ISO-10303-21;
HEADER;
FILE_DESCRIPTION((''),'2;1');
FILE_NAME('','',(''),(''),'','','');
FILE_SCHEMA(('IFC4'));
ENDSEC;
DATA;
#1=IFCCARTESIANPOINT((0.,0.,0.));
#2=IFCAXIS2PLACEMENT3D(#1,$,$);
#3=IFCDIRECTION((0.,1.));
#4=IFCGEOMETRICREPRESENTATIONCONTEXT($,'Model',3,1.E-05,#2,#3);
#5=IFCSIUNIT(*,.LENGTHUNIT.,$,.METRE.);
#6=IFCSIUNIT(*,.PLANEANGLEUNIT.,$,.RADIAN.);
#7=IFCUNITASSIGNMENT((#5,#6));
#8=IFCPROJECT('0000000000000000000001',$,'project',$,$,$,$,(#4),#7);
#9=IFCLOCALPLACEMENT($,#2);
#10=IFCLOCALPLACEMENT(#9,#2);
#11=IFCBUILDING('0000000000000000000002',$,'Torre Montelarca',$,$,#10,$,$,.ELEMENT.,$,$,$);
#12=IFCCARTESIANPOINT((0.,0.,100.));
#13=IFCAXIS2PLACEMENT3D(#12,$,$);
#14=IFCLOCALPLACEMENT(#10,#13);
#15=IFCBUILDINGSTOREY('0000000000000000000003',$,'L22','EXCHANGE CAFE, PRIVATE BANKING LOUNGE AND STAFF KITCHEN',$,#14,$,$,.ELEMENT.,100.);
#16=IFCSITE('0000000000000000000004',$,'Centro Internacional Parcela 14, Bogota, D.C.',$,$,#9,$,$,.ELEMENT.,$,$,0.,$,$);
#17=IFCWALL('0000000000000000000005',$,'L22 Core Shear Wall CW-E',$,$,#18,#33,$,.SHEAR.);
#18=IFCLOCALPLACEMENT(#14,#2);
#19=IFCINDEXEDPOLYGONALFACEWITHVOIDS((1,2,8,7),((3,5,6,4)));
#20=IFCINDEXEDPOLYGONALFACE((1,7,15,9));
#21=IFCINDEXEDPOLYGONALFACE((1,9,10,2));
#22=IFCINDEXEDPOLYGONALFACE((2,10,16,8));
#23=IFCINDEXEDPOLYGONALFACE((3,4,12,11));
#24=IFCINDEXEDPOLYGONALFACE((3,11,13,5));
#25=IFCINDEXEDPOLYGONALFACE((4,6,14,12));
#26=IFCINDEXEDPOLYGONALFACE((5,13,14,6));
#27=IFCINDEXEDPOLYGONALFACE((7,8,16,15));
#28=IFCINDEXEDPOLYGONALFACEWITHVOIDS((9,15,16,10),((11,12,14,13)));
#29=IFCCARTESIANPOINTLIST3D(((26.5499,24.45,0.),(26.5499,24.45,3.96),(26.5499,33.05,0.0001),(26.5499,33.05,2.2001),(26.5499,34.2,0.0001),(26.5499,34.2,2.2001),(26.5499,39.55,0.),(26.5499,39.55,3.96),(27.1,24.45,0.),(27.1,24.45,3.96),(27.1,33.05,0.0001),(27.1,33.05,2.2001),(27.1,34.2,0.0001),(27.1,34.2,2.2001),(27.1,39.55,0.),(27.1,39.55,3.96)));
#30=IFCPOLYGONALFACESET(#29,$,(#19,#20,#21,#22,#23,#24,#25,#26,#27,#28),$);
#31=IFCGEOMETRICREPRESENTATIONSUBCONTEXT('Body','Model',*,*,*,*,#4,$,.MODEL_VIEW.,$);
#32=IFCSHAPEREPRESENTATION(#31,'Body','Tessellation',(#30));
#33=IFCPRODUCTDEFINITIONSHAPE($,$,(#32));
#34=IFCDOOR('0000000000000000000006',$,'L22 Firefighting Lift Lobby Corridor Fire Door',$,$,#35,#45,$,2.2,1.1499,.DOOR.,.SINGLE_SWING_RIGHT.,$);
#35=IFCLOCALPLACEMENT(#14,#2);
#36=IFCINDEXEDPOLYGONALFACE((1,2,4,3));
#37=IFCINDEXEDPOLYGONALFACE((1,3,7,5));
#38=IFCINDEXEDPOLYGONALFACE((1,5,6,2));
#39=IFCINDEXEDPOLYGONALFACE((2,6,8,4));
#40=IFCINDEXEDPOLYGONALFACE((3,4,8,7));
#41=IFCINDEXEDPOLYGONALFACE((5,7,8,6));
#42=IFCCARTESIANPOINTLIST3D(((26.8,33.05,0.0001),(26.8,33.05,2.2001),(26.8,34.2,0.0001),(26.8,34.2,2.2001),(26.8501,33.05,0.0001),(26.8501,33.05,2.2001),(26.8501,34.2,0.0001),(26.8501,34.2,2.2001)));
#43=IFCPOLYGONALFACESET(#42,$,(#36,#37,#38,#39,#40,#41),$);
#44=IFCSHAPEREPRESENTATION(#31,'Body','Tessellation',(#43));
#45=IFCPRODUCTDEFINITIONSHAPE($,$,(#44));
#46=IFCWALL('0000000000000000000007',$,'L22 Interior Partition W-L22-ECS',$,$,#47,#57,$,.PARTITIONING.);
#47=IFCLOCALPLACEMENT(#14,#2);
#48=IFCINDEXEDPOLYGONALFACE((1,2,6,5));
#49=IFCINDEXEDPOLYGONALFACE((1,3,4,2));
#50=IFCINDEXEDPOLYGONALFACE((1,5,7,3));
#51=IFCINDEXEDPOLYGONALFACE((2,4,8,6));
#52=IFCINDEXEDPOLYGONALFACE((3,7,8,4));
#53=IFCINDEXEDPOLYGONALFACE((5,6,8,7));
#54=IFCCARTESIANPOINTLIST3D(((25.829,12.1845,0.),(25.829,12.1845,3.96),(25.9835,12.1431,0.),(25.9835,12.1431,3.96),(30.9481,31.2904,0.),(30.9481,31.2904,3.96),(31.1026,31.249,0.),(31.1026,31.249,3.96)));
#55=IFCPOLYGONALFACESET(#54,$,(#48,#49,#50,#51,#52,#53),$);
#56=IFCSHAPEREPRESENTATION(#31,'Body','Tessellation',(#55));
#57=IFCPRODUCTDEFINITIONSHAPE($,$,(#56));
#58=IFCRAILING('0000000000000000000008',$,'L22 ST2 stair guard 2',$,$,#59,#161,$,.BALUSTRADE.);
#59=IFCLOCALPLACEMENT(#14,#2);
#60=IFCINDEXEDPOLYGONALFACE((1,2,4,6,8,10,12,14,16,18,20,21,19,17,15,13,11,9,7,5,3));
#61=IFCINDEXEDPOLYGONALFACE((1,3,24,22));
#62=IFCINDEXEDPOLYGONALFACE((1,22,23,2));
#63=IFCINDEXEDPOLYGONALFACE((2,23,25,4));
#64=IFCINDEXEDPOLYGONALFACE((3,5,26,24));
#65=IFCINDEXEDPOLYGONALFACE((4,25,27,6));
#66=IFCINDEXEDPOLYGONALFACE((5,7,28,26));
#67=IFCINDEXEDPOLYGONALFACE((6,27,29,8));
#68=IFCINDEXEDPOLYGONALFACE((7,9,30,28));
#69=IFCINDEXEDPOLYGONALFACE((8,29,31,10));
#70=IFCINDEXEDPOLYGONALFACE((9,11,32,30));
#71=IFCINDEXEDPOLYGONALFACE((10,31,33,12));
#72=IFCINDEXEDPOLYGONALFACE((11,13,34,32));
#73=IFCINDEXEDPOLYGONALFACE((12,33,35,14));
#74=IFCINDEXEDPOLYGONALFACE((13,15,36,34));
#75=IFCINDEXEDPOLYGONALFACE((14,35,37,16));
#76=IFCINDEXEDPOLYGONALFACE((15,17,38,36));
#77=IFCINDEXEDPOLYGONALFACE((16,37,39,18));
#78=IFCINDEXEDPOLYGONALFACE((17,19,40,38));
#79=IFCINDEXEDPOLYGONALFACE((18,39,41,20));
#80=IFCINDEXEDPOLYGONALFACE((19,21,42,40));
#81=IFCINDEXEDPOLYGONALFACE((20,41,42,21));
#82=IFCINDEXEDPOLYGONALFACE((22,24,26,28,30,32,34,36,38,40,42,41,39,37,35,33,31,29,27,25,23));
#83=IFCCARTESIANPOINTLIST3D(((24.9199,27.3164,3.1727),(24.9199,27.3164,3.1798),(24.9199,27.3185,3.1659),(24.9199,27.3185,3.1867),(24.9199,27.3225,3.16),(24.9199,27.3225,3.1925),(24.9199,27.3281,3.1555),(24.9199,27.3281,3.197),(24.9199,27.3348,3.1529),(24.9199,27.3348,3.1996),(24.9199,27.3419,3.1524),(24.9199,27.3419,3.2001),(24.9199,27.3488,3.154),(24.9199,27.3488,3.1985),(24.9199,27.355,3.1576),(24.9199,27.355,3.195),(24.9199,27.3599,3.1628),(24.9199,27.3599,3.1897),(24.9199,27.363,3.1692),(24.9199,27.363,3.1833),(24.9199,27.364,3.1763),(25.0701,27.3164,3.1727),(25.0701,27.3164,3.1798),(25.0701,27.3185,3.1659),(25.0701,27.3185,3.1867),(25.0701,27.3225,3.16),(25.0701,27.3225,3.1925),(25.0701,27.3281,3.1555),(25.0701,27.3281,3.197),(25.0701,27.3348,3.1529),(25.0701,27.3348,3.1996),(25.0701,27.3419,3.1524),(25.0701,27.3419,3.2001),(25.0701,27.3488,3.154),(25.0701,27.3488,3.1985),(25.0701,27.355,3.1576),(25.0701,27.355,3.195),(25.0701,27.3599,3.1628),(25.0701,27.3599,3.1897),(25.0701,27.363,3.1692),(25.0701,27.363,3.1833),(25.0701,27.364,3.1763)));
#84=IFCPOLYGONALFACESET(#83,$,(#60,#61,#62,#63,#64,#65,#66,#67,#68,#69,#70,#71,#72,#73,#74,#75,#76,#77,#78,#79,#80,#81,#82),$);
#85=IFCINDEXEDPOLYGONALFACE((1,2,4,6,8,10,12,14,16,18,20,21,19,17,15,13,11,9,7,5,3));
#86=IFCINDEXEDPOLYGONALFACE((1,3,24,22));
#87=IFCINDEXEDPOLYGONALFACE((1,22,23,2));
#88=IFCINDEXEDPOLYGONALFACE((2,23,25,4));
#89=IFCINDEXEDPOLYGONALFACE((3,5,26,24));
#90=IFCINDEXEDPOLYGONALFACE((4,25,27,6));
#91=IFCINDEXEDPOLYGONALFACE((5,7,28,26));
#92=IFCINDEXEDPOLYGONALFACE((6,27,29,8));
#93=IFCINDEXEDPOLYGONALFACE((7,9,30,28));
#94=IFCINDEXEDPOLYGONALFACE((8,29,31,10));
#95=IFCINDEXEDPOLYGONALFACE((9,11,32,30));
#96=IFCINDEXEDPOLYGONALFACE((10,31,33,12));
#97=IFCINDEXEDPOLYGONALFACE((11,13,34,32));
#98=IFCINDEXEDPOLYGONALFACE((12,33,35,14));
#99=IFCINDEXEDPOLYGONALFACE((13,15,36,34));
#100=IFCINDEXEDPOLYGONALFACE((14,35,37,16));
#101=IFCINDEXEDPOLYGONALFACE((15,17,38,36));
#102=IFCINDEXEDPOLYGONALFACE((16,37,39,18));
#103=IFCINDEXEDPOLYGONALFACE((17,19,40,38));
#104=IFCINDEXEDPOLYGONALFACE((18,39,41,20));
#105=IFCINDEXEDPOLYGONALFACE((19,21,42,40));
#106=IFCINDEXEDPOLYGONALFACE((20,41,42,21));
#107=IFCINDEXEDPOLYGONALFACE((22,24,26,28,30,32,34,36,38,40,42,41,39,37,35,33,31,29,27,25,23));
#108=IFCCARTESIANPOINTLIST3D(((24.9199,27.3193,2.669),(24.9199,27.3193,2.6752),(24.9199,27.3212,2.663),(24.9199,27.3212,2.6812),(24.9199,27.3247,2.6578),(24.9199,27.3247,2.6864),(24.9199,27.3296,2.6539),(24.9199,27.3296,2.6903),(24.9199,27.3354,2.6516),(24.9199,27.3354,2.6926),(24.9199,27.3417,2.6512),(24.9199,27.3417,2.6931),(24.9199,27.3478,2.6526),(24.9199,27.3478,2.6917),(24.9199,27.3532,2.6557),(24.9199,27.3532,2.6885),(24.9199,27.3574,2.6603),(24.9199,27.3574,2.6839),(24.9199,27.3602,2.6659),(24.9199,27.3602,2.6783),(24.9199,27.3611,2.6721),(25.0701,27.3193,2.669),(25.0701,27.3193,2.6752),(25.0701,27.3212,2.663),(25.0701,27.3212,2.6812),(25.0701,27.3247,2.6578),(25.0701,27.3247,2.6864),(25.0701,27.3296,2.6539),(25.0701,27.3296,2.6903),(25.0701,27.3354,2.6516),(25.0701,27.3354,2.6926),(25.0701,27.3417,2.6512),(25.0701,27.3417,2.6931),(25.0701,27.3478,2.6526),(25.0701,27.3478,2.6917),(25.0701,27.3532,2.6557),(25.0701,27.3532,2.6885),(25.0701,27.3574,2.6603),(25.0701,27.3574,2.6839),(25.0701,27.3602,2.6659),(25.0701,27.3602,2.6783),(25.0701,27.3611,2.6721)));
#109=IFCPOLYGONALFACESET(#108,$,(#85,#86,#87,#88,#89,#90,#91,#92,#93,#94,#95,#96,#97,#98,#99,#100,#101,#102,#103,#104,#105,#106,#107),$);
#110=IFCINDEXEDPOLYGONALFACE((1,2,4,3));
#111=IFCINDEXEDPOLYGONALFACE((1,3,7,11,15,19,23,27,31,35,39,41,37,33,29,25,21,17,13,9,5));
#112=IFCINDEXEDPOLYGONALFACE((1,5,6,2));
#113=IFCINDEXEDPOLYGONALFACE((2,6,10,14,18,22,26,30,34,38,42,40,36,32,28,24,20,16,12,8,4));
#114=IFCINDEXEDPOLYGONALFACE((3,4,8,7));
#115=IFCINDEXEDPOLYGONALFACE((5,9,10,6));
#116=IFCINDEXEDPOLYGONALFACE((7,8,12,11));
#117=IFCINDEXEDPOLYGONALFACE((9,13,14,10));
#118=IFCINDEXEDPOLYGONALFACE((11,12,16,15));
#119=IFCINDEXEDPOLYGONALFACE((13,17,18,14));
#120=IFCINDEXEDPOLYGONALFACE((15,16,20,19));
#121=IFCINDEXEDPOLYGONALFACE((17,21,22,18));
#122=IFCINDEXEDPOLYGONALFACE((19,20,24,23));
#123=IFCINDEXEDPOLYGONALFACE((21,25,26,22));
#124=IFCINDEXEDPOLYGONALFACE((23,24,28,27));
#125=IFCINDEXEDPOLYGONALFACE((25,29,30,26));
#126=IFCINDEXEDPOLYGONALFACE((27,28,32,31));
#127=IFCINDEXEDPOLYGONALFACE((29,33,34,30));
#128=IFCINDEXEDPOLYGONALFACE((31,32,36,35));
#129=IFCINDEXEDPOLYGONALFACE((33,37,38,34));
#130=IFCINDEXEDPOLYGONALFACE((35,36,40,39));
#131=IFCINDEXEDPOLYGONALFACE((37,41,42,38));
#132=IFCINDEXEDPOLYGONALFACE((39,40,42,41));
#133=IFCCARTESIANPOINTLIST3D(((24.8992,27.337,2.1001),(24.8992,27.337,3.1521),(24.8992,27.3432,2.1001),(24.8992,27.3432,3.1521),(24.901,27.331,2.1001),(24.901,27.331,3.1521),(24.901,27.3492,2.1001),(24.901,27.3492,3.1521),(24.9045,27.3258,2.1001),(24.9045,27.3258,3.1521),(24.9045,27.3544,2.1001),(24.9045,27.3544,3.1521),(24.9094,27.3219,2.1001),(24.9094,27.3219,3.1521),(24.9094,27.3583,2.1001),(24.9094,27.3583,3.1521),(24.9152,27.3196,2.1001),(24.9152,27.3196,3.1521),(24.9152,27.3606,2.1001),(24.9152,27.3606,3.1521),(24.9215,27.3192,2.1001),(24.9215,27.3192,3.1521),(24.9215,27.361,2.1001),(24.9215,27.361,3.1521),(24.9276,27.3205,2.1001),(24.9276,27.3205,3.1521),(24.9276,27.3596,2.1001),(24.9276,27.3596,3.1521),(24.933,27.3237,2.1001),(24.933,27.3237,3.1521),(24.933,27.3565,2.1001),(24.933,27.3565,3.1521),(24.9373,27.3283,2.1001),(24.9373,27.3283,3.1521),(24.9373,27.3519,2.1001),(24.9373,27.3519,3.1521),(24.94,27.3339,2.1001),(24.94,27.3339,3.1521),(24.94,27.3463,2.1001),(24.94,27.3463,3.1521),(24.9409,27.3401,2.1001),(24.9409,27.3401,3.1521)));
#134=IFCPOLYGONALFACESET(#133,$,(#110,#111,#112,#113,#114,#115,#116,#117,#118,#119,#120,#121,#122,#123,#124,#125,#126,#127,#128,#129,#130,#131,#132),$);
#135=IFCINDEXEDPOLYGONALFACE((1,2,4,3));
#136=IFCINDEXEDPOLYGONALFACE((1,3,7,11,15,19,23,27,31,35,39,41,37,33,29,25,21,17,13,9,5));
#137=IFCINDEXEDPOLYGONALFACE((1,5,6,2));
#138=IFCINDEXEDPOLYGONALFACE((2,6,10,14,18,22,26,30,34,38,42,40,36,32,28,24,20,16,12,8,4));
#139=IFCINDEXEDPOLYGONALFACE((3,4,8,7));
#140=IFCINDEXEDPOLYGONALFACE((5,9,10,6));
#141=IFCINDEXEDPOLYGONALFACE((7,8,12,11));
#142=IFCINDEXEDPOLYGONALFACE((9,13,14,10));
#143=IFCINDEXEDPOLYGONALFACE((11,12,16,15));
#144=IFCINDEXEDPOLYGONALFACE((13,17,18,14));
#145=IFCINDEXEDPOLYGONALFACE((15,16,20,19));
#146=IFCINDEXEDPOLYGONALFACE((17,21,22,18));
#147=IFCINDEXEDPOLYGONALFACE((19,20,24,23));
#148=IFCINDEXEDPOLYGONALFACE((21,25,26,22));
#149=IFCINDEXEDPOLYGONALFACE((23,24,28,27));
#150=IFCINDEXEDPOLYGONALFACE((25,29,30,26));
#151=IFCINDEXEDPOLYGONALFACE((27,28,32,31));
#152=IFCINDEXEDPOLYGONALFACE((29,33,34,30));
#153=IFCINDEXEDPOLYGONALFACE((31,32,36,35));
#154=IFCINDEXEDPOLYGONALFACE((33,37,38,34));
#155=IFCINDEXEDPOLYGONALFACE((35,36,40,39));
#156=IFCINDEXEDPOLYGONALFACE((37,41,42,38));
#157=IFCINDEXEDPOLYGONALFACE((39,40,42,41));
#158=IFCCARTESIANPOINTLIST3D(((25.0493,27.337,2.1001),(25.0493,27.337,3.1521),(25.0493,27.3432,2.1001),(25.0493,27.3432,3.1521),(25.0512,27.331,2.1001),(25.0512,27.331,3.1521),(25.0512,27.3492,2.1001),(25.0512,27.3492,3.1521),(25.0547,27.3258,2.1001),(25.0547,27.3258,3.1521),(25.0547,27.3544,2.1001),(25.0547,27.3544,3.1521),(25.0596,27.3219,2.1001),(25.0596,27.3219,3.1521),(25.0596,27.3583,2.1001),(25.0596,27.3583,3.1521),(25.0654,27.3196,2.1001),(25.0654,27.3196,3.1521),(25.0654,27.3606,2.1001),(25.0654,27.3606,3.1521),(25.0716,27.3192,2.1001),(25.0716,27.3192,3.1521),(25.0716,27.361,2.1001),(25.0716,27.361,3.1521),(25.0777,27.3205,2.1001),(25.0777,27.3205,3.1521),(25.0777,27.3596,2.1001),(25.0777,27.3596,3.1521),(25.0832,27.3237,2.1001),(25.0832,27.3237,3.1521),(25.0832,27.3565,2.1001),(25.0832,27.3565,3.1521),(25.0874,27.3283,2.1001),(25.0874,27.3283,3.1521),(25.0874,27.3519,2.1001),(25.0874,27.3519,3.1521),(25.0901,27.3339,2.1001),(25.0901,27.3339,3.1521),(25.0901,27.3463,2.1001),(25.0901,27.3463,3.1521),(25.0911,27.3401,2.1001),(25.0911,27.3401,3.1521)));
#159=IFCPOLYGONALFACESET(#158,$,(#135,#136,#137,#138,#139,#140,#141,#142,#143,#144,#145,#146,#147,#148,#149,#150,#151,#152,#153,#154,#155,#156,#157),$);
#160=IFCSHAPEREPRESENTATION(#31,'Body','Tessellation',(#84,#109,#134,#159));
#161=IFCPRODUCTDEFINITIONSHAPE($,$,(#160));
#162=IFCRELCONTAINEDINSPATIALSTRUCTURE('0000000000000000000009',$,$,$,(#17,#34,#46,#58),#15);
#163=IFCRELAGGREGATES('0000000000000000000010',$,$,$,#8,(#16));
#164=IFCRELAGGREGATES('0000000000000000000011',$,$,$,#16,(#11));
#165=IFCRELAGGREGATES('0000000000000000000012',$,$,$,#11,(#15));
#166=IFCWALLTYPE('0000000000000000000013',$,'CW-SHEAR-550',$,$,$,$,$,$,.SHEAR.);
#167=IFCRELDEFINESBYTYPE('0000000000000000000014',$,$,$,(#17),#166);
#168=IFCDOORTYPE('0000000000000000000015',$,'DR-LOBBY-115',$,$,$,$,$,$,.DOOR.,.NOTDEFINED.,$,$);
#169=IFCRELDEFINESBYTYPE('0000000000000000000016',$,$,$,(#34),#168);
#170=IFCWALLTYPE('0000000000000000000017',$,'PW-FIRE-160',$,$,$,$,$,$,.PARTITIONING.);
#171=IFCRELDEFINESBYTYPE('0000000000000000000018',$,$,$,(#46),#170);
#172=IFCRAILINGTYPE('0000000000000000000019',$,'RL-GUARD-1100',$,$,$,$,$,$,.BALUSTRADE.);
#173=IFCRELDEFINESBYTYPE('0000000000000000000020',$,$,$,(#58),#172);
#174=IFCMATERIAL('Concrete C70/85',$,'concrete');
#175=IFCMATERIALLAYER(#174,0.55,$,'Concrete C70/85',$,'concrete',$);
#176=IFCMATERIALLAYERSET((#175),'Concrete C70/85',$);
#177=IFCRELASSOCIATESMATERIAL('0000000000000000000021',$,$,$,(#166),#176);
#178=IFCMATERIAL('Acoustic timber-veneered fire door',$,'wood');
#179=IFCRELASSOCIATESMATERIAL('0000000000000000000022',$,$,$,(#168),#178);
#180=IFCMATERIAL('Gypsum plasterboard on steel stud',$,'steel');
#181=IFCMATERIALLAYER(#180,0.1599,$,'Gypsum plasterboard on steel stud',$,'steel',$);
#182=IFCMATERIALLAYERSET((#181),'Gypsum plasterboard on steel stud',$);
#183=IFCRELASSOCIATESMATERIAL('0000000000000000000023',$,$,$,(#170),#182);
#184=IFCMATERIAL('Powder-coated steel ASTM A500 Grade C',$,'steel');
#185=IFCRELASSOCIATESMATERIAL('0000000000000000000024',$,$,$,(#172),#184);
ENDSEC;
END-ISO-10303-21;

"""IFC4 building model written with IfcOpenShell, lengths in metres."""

from ifc_helpers import new_model, si_unit, direction, frame, frame_2d, origin, origin_2d, place, context, subcontext, project, spatial, rectangle, circle, extrude, source, transform, mapped, material, layer, layer_set, type_object, element, fill, save


model = new_model("IFC4")

# Units and contexts
model_context = context("Model", 3, precision=1e-05, world=origin(), true_north=direction((0.0, 1.0)))
body_context = subcontext(model_context, "Body", "Model", "MODEL_VIEW")
ifc_project = project(units=[si_unit("LENGTHUNIT", "METRE"), si_unit("PLANEANGLEUNIT", "RADIAN")], contexts=[model_context])

# Site, building, storey
site_placement = place(None, origin())
site = spatial("IfcSite", under=ifc_project, at=site_placement, Name="Centro Internacional Parcela 14, Bogota, D.C.", CompositionType="ELEMENT", RefElevation=0.0)
building_placement = place(site_placement, origin())
building = spatial("IfcBuilding", under=site, at=building_placement, Name="Torre Montelarca", CompositionType="ELEMENT")
storey_placement = place(building_placement, frame((0.0, 0.0, 100.0)))
storey = spatial("IfcBuildingStorey", under=building, at=storey_placement, Name="L22", Description="EXCHANGE CAFE, PRIVATE BANKING LOUNGE AND STAFF KITCHEN", CompositionType="ELEMENT", Elevation=100.0)

# Shared definitions
ifc_material_1 = material(Name="Concrete C70/85", Category="concrete")

# Wall, opening, door
ifc_layer_1 = layer(ifc_material_1, 0.55, Name="Concrete C70/85", Category="concrete")
ifc_layer_set_1 = layer_set([ifc_layer_1], Name="Concrete C70/85")
wall_type_1 = type_object("IfcWallType", Name="CW-SHEAR-550", PredefinedType="SHEAR", material=ifc_layer_set_1)
wall_1_placement = place(storey_placement, frame((26.825, 24.45, 0.0), z_axis=(0.0, 0.0, 1.0), x_axis=(0.0, 1.0, 0.0)))
wall_1 = element("IfcWall", 1, at=wall_1_placement, inside=storey, type_object=wall_type_1, Name="L22 Core Shear Wall CW-E", PredefinedType="SHEAR", context=body_context, shape_type="SweptSolid", body=[
    extrude(rectangle(XDim=15.1001, YDim=0.55, at=frame_2d((7.55, 0.0))), origin(), (0.0, 0.0, 1.0), 3.96),
])
opening_placement = place(wall_1_placement, frame((8.6001, 0.0, 0.0)))
opening = element("IfcOpeningElement", 2, at=opening_placement, cuts=wall_1, PredefinedType="OPENING", context=body_context, shape_type="SweptSolid", body=[
    extrude(rectangle(XDim=1.1499, YDim=2.2, at=frame_2d((0.575, 1.1001))), frame((0.0, 0.2852, 0.0), z_axis=(0.0, -1.0, 0.0), x_axis=(1.0, 0.0, 0.0)), (0.0, 0.0, 1.0), 0.5701),
])
ifc_material_2 = material(Name="Acoustic timber-veneered fire door", Category="wood")
door_type = type_object("IfcDoorType", Name="DR-LOBBY-115", OperationType="NOTDEFINED", PredefinedType="DOOR", material=ifc_material_2)
shared_shape_1 = source(origin(), body_context, "Body", "SweptSolid", [
    extrude(rectangle(XDim=1.1499, YDim=2.2, at=frame_2d((0.575, 1.1001))), frame((0.0, 0.0249, 0.0), z_axis=(0.0, -1.0, 0.0), x_axis=(1.0, 0.0, 0.0)), (0.0, 0.0, 1.0), 0.05),
])
door_placement = place(opening_placement, origin())
door = element("IfcDoor", 3, at=door_placement, inside=storey, type_object=door_type, Name="L22 Firefighting Lift Lobby Corridor Fire Door", OperationType="SINGLE_SWING_RIGHT", OverallHeight=2.2, OverallWidth=1.1499, PredefinedType="DOOR", context=body_context, shape_type="MappedRepresentation", body=[
    mapped(shared_shape_1, transform((0.0, 0.0, 0.0), scale=1.0)),
])
fill(opening, door)

# Wall
ifc_material_3 = material(Name="Gypsum plasterboard on steel stud", Category="steel")
ifc_layer_2 = layer(ifc_material_3, 0.1599, Name="Gypsum plasterboard on steel stud", Category="steel")
ifc_layer_set_2 = layer_set([ifc_layer_2], Name="Gypsum plasterboard on steel stud")
wall_type_2 = type_object("IfcWallType", Name="PW-FIRE-160", PredefinedType="PARTITIONING", material=ifc_layer_set_2)
wall_2_placement = place(storey_placement, frame((25.9062, 12.1638, 0.0), z_axis=(0.0, 0.0, 1.0), x_axis=(0.258806, 0.965929, 0.0)))
element("IfcWall", 4, at=wall_2_placement, inside=storey, type_object=wall_type_2, Name="L22 Interior Partition W-L22-ECS", PredefinedType="PARTITIONING", context=body_context, shape_type="SweptSolid", body=[
    extrude(rectangle(XDim=19.7798, YDim=0.1599, at=frame_2d((9.8899, 0.0))), origin(), (0.0, 0.0, 1.0), 3.96),
])

# Railing
ifc_material_4 = material(Name="Powder-coated steel ASTM A500 Grade C", Category="steel")
railing_type = type_object("IfcRailingType", Name="RL-GUARD-1100", PredefinedType="BALUSTRADE", material=ifc_material_4)
railing_1_placement = place(storey_placement, frame((24.9199, 27.3401, 2.1001)))
element("IfcRailing", 5, at=railing_1_placement, inside=storey, type_object=railing_type, Name="L22 ST2 stair guard 2", PredefinedType="BALUSTRADE", context=body_context, shape_type="SweptSolid", body=[
    extrude(circle(Radius=0.0239, at=origin_2d()), frame((0.0, 0.0, 1.0762), z_axis=(1.0, 0.0, 0.0), x_axis=(0.0, 1.0, 0.0)), (0.0, 0.0, 1.0), 0.1501),
    extrude(circle(Radius=0.021, at=origin_2d()), frame((0.0, 0.0, 0.572), z_axis=(1.0, 0.0, 0.0), x_axis=(0.0, 1.0, 0.0)), (0.0, 0.0, 1.0), 0.1501),
    extrude(circle(Radius=0.021, at=origin_2d()), origin(), (0.0, 0.0, 1.0), 1.052),
    extrude(circle(Radius=0.021, at=origin_2d()), frame((0.1501, 0.0, 0.0)), (0.0, 0.0, 1.0), 1.052),
])

save(model, "model.ifc")
